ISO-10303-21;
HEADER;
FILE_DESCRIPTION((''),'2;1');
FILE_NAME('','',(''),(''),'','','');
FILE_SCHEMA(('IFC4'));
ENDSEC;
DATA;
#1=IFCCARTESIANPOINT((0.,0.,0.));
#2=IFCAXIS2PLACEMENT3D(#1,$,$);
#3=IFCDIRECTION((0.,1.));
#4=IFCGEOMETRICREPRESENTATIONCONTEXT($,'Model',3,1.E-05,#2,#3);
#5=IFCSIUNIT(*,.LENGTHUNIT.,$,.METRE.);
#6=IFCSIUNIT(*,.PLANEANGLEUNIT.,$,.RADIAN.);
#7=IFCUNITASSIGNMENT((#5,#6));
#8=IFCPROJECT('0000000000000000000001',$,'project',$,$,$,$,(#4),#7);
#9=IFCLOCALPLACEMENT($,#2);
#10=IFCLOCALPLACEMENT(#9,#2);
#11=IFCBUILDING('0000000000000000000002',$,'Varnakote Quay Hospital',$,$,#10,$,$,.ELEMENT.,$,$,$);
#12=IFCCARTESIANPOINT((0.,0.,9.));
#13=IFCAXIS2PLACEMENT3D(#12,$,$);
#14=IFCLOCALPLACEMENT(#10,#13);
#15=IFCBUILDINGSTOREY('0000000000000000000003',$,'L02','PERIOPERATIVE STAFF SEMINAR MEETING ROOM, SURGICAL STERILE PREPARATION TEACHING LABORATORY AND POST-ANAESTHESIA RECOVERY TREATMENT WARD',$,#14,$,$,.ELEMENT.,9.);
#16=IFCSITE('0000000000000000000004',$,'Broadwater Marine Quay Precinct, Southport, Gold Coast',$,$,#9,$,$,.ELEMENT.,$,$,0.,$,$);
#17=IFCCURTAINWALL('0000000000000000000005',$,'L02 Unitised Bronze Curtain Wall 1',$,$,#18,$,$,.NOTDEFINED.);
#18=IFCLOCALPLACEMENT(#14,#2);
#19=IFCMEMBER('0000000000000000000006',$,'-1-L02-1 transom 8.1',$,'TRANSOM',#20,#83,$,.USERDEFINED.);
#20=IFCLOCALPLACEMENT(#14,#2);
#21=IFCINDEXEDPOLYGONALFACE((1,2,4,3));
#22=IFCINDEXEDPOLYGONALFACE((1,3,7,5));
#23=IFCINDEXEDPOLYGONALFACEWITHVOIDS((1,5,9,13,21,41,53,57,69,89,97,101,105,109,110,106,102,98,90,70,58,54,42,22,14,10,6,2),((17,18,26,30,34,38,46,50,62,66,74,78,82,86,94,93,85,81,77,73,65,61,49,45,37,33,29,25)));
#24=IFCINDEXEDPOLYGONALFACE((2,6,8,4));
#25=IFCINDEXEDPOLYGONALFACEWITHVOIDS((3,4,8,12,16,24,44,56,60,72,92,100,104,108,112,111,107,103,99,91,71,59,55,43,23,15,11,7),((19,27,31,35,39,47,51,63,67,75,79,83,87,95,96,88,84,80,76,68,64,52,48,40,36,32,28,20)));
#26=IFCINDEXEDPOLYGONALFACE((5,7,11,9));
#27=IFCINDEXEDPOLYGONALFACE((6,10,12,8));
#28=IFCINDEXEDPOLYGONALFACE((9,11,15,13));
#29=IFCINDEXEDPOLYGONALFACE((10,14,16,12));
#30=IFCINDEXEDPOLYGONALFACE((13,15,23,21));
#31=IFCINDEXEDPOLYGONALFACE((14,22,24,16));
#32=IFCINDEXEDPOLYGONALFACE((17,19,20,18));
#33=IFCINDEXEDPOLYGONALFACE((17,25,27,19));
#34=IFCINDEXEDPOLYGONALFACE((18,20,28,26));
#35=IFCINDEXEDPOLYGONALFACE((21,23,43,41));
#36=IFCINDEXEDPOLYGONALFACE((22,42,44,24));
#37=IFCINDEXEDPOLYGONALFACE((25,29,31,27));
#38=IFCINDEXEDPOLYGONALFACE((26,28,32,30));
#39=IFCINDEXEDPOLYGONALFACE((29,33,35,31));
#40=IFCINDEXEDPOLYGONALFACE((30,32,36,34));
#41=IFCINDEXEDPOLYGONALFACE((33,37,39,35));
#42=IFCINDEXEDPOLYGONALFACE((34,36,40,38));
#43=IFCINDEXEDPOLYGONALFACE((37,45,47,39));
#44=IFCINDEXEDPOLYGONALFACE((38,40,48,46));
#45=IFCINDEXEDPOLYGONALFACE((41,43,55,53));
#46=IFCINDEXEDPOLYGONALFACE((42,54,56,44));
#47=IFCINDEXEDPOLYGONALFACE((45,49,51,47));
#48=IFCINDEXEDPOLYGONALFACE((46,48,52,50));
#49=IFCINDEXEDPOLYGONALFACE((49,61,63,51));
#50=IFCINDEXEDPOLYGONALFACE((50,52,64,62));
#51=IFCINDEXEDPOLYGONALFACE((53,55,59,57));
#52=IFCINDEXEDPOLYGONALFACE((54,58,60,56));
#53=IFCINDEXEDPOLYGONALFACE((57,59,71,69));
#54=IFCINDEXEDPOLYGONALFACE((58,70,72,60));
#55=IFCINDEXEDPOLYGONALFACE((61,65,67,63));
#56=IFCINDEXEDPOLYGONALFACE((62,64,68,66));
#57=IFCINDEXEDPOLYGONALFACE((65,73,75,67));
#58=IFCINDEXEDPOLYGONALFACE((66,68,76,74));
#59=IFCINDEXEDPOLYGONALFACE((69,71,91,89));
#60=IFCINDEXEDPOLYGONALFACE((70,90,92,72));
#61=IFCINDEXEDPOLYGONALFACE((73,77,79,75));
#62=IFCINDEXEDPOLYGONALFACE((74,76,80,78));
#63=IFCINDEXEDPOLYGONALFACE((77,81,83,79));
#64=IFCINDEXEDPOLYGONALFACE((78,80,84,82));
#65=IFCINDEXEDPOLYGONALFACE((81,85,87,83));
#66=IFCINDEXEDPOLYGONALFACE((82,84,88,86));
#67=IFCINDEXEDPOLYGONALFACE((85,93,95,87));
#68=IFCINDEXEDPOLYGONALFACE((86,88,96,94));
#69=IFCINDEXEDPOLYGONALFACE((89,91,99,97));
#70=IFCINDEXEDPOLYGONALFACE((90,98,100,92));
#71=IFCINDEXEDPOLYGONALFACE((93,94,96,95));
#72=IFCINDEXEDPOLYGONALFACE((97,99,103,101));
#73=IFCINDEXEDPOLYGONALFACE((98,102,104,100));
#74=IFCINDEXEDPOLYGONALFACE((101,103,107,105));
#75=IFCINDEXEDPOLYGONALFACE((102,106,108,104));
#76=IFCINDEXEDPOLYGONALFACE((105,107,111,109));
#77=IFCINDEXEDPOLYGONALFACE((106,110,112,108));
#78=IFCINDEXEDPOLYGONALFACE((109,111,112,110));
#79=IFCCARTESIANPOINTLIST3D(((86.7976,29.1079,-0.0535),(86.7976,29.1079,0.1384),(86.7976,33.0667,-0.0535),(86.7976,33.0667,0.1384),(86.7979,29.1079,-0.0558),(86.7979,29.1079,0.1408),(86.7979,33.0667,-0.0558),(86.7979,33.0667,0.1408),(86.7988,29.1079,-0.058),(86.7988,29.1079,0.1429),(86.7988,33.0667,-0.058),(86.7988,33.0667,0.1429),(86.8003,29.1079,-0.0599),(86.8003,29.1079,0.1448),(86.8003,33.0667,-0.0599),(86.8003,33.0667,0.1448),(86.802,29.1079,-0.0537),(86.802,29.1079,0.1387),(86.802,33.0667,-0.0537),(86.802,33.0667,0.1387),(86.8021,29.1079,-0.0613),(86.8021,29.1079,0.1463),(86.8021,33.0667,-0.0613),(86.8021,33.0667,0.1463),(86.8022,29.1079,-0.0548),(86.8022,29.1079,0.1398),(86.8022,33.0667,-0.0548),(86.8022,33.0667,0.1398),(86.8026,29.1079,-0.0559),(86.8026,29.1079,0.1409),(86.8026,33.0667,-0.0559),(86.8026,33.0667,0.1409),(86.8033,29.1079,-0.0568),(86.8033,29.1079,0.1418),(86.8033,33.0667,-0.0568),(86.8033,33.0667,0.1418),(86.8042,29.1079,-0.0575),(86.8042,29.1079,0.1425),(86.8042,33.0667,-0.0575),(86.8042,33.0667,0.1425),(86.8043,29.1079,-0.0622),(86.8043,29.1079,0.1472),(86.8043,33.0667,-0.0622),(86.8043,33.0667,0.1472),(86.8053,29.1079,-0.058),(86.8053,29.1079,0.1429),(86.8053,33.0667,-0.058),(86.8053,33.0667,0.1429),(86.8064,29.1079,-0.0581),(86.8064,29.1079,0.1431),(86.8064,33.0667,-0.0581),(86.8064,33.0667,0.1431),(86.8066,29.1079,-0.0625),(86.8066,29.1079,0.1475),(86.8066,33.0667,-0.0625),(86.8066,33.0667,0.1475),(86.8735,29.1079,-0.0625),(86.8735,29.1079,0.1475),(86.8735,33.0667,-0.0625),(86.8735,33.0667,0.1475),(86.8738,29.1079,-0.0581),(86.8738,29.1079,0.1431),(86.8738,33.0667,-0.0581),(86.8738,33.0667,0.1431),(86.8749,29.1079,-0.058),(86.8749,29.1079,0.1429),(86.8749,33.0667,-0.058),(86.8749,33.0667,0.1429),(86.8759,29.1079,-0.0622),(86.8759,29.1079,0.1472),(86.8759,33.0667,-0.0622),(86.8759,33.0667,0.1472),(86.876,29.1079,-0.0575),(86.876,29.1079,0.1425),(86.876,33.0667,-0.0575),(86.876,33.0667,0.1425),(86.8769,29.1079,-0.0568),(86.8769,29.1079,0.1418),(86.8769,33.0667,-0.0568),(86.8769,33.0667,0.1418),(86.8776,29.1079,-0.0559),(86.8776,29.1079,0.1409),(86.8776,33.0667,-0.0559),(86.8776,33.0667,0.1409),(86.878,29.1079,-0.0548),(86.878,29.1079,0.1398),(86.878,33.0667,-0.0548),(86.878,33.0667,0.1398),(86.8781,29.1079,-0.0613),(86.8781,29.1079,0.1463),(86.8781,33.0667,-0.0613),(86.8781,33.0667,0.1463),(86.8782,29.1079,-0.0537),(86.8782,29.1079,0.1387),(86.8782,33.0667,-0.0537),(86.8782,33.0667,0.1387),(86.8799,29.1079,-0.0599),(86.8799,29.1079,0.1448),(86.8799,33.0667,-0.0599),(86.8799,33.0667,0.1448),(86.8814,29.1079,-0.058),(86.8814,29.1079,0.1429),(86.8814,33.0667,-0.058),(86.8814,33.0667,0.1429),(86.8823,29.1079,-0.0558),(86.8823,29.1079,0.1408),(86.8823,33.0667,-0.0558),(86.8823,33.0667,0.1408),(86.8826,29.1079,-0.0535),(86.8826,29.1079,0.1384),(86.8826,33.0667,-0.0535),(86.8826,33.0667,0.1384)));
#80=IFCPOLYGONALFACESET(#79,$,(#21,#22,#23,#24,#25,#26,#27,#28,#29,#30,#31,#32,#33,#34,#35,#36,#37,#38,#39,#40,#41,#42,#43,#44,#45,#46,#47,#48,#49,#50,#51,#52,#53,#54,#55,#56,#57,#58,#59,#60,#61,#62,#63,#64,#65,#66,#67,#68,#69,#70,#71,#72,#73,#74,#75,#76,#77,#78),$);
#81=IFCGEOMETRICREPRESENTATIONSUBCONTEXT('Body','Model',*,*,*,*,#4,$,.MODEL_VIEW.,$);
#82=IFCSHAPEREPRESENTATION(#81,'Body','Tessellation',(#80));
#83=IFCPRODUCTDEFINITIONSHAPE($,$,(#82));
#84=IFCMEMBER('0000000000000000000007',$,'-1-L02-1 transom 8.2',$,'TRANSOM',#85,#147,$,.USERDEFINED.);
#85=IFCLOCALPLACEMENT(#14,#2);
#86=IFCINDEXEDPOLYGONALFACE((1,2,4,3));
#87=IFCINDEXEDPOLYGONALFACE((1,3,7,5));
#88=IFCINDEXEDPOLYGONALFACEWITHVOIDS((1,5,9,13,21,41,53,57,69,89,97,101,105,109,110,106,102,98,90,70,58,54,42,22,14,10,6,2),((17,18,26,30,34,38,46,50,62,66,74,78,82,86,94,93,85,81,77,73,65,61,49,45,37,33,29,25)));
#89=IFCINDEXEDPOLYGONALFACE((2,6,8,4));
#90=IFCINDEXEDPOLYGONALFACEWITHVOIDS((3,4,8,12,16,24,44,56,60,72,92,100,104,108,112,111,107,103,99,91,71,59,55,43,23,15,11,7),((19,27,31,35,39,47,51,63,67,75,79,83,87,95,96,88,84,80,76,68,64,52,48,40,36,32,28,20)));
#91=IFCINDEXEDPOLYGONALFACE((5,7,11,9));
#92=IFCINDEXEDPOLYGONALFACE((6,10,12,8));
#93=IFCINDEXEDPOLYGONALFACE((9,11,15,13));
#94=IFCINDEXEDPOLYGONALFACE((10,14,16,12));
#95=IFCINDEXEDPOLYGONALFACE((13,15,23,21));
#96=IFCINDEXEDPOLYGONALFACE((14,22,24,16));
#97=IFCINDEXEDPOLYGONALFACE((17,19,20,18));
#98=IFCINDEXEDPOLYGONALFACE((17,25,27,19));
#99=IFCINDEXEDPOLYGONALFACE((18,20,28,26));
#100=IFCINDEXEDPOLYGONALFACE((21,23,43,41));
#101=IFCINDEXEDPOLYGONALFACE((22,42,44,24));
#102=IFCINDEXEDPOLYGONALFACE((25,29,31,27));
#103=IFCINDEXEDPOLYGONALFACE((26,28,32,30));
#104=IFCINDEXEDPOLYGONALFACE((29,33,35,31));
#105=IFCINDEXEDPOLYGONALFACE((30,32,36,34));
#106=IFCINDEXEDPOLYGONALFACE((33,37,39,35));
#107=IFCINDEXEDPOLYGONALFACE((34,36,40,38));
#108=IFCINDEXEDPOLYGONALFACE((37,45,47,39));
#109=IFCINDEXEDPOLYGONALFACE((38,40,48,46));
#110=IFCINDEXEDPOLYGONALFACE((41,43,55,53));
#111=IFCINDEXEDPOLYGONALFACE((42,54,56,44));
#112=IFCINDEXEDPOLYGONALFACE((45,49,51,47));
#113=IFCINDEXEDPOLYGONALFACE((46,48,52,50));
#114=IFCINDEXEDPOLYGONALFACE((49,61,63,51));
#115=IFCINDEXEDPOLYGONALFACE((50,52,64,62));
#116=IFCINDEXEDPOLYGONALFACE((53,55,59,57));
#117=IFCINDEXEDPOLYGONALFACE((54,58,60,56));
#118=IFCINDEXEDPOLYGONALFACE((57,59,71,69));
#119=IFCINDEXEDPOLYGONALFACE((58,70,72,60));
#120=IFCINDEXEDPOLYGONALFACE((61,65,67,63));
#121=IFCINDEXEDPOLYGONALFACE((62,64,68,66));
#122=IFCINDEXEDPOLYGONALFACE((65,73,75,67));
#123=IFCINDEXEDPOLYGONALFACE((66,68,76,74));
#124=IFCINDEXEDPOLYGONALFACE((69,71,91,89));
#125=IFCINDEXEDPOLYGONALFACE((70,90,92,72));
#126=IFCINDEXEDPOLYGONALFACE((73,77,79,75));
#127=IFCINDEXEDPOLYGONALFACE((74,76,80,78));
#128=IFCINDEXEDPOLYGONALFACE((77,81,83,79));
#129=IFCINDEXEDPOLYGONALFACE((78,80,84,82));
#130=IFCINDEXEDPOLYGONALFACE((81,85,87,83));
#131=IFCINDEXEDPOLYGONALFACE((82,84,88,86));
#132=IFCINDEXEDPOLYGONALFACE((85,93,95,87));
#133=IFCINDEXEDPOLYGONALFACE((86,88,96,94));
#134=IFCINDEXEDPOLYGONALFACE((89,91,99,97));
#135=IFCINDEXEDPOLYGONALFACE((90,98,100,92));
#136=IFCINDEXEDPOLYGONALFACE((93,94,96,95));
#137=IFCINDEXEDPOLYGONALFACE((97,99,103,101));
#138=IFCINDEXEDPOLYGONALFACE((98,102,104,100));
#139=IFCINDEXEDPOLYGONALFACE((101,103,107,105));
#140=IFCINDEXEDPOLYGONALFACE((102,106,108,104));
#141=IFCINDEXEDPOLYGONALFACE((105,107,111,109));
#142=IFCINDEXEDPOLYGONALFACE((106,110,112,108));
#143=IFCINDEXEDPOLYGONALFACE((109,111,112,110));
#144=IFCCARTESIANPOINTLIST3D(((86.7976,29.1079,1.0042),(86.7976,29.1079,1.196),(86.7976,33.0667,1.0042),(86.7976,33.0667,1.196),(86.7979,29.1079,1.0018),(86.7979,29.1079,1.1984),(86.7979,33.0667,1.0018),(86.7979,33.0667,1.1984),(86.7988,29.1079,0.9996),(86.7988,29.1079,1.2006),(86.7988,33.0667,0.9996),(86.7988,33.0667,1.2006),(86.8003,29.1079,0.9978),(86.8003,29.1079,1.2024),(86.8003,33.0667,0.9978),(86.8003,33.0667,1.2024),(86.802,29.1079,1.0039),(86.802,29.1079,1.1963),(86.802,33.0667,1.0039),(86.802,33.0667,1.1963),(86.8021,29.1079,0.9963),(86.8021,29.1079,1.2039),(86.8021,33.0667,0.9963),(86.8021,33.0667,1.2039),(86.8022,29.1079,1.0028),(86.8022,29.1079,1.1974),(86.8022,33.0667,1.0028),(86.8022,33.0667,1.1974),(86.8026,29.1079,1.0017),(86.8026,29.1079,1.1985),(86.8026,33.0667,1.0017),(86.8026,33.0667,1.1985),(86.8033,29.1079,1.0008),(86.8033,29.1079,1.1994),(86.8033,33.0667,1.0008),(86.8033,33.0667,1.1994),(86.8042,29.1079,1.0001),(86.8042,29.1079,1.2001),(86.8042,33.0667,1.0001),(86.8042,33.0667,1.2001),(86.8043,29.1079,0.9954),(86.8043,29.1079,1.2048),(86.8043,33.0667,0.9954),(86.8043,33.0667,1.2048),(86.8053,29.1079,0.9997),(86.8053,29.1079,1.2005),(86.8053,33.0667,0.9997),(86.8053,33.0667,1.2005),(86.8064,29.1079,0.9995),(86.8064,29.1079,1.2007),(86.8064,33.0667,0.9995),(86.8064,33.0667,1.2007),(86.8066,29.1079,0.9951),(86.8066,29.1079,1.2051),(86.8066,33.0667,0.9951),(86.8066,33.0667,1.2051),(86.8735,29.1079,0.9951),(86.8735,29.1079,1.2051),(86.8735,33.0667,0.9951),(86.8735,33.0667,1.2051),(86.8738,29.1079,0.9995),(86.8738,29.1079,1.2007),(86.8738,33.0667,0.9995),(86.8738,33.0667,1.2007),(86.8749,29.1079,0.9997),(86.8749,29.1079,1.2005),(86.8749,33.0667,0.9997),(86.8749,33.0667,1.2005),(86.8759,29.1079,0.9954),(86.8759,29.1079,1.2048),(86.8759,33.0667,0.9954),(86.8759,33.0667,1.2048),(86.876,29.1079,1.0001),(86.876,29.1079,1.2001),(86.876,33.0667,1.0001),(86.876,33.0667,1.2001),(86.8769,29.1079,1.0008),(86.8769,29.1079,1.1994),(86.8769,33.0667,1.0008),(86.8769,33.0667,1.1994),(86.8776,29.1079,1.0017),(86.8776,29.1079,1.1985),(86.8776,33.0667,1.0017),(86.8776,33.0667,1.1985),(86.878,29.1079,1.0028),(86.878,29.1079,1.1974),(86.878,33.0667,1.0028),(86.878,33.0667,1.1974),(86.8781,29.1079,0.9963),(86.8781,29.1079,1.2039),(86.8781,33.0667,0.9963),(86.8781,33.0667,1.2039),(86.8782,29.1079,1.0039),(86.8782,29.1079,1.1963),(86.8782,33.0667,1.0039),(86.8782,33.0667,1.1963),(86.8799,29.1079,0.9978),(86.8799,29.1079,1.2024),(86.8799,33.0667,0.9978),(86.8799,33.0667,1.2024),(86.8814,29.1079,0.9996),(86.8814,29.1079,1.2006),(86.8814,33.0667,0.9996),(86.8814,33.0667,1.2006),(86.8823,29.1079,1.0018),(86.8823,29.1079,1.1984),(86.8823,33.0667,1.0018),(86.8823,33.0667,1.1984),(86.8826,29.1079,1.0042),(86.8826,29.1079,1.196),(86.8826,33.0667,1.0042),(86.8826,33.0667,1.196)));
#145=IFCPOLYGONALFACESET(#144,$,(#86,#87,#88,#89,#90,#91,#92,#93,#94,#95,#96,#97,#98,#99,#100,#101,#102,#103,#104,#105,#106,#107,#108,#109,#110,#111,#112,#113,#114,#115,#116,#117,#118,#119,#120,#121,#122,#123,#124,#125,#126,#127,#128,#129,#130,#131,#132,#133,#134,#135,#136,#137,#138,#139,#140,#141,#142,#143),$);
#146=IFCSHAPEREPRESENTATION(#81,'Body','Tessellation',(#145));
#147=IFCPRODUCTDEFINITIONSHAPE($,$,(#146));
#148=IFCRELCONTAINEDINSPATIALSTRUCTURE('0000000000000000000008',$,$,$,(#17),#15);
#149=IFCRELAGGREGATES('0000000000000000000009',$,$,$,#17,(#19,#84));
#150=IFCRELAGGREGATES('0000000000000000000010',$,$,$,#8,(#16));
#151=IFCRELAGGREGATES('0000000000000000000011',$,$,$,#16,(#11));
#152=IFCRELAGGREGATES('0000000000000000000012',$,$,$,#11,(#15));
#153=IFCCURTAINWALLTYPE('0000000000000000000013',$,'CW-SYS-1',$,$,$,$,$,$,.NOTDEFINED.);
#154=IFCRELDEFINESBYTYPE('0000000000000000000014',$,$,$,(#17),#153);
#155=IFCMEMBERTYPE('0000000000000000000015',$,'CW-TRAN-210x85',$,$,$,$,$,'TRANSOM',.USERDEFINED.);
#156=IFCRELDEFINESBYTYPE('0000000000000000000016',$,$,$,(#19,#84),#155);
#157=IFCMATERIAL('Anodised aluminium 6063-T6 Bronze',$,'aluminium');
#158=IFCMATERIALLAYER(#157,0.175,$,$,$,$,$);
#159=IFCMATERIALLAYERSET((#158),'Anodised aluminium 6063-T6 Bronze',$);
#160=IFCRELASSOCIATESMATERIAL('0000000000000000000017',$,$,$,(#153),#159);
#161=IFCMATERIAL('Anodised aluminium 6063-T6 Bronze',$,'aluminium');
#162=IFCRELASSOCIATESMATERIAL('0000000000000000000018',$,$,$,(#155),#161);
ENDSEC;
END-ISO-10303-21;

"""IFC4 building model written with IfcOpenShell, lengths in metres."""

from ifc_helpers import new_model, si_unit, direction, frame, origin, origin_2d, place, context, subcontext, project, spatial, hollow_rectangle, extrude, material, layer, layer_set, material_profile, profile_set, type_object, element, aggregate, save


model = new_model("IFC4")

# Units and contexts
model_context = context("Model", 3, precision=1e-05, world=origin(), true_north=direction((0.0, 1.0)))
body_context = subcontext(model_context, "Body", "Model", "MODEL_VIEW")
ifc_project = project(units=[si_unit("LENGTHUNIT", "METRE"), si_unit("PLANEANGLEUNIT", "RADIAN")], contexts=[model_context])

# Site, building, storey
site_placement = place(None, origin())
site = spatial("IfcSite", under=ifc_project, at=site_placement, Name="Broadwater Marine Quay Precinct, Southport, Gold Coast", CompositionType="ELEMENT", RefElevation=0.0)
building_placement = place(site_placement, origin())
building = spatial("IfcBuilding", under=site, at=building_placement, Name="Varnakote Quay Hospital", CompositionType="ELEMENT")
storey_placement = place(building_placement, frame((0.0, 0.0, 9.0)))
storey = spatial("IfcBuildingStorey", under=building, at=storey_placement, Name="L02", Description="PERIOPERATIVE STAFF SEMINAR MEETING ROOM, SURGICAL STERILE PREPARATION TEACHING LABORATORY AND POST-ANAESTHESIA RECOVERY TREATMENT WARD", CompositionType="ELEMENT", Elevation=9.0)

# Curtain wall, members
ifc_material_1 = material(Name="Anodised aluminium 6063-T6 Bronze", Category="aluminium")
ifc_layer_1 = layer(ifc_material_1, 0.175)
ifc_layer_set_1 = layer_set([ifc_layer_1], Name="Anodised aluminium 6063-T6 Bronze")
curtain_wall_type = type_object("IfcCurtainWallType", Name="CW-SYS-1", PredefinedType="NOTDEFINED", material=ifc_layer_set_1)
curtain_wall_placement = place(storey_placement, origin())
curtain_wall = element("IfcCurtainWall", 1, at=curtain_wall_placement, inside=storey, type_object=curtain_wall_type, Name="L02 Unitised Bronze Curtain Wall 1", PredefinedType="NOTDEFINED")
ifc_material_2 = material(Name="Anodised aluminium 6063-T6 Bronze", Category="aluminium")
ifc_material_profile_1 = material_profile(ifc_material_2, hollow_rectangle(XDim=0.085, YDim=0.21, WallThickness=0.0044, InnerFilletRadius=0.0044, OuterFilletRadius=0.009, at=origin_2d()), Name="CW-TRAN-210x85")
ifc_profile_set_1 = profile_set([ifc_material_profile_1], Name="Anodised aluminium 6063-T6 Bronze")
member_type_1 = type_object("IfcMemberType", Name="CW-TRAN-210x85", ElementType="TRANSOM", PredefinedType="USERDEFINED", material=ifc_profile_set_1)
member_1_placement = place(storey_placement, frame((86.8401, 29.1079, 0.0425), z_axis=(0.0, 1.0, 0.0), x_axis=(-1.0, 0.0, 0.0)))
member_1 = element("IfcMember", 2, at=member_1_placement, type_object=member_type_1, Name="-1-L02-1 transom 8.1", ObjectType="TRANSOM", PredefinedType="USERDEFINED", context=body_context, shape_type="SweptSolid", body=[
    extrude(hollow_rectangle(XDim=0.085, YDim=0.21, WallThickness=0.0044, InnerFilletRadius=0.0044, OuterFilletRadius=0.009, at=origin_2d()), origin(), (0.0, 0.0, 1.0), 3.9587),
])
member_2_placement = place(storey_placement, frame((86.8401, 29.1079, 1.1001), z_axis=(0.0, 1.0, 0.0), x_axis=(-1.0, 0.0, 0.0)))
member_2 = element("IfcMember", 3, at=member_2_placement, type_object=member_type_1, Name="-1-L02-1 transom 8.2", ObjectType="TRANSOM", PredefinedType="USERDEFINED", context=body_context, shape_type="SweptSolid", body=[
    extrude(hollow_rectangle(XDim=0.085, YDim=0.21, WallThickness=0.0044, InnerFilletRadius=0.0044, OuterFilletRadius=0.009, at=origin_2d()), origin(), (0.0, 0.0, 1.0), 3.9587),
])
aggregate(curtain_wall, [member_1, member_2])

save(model, "model.ifc")
